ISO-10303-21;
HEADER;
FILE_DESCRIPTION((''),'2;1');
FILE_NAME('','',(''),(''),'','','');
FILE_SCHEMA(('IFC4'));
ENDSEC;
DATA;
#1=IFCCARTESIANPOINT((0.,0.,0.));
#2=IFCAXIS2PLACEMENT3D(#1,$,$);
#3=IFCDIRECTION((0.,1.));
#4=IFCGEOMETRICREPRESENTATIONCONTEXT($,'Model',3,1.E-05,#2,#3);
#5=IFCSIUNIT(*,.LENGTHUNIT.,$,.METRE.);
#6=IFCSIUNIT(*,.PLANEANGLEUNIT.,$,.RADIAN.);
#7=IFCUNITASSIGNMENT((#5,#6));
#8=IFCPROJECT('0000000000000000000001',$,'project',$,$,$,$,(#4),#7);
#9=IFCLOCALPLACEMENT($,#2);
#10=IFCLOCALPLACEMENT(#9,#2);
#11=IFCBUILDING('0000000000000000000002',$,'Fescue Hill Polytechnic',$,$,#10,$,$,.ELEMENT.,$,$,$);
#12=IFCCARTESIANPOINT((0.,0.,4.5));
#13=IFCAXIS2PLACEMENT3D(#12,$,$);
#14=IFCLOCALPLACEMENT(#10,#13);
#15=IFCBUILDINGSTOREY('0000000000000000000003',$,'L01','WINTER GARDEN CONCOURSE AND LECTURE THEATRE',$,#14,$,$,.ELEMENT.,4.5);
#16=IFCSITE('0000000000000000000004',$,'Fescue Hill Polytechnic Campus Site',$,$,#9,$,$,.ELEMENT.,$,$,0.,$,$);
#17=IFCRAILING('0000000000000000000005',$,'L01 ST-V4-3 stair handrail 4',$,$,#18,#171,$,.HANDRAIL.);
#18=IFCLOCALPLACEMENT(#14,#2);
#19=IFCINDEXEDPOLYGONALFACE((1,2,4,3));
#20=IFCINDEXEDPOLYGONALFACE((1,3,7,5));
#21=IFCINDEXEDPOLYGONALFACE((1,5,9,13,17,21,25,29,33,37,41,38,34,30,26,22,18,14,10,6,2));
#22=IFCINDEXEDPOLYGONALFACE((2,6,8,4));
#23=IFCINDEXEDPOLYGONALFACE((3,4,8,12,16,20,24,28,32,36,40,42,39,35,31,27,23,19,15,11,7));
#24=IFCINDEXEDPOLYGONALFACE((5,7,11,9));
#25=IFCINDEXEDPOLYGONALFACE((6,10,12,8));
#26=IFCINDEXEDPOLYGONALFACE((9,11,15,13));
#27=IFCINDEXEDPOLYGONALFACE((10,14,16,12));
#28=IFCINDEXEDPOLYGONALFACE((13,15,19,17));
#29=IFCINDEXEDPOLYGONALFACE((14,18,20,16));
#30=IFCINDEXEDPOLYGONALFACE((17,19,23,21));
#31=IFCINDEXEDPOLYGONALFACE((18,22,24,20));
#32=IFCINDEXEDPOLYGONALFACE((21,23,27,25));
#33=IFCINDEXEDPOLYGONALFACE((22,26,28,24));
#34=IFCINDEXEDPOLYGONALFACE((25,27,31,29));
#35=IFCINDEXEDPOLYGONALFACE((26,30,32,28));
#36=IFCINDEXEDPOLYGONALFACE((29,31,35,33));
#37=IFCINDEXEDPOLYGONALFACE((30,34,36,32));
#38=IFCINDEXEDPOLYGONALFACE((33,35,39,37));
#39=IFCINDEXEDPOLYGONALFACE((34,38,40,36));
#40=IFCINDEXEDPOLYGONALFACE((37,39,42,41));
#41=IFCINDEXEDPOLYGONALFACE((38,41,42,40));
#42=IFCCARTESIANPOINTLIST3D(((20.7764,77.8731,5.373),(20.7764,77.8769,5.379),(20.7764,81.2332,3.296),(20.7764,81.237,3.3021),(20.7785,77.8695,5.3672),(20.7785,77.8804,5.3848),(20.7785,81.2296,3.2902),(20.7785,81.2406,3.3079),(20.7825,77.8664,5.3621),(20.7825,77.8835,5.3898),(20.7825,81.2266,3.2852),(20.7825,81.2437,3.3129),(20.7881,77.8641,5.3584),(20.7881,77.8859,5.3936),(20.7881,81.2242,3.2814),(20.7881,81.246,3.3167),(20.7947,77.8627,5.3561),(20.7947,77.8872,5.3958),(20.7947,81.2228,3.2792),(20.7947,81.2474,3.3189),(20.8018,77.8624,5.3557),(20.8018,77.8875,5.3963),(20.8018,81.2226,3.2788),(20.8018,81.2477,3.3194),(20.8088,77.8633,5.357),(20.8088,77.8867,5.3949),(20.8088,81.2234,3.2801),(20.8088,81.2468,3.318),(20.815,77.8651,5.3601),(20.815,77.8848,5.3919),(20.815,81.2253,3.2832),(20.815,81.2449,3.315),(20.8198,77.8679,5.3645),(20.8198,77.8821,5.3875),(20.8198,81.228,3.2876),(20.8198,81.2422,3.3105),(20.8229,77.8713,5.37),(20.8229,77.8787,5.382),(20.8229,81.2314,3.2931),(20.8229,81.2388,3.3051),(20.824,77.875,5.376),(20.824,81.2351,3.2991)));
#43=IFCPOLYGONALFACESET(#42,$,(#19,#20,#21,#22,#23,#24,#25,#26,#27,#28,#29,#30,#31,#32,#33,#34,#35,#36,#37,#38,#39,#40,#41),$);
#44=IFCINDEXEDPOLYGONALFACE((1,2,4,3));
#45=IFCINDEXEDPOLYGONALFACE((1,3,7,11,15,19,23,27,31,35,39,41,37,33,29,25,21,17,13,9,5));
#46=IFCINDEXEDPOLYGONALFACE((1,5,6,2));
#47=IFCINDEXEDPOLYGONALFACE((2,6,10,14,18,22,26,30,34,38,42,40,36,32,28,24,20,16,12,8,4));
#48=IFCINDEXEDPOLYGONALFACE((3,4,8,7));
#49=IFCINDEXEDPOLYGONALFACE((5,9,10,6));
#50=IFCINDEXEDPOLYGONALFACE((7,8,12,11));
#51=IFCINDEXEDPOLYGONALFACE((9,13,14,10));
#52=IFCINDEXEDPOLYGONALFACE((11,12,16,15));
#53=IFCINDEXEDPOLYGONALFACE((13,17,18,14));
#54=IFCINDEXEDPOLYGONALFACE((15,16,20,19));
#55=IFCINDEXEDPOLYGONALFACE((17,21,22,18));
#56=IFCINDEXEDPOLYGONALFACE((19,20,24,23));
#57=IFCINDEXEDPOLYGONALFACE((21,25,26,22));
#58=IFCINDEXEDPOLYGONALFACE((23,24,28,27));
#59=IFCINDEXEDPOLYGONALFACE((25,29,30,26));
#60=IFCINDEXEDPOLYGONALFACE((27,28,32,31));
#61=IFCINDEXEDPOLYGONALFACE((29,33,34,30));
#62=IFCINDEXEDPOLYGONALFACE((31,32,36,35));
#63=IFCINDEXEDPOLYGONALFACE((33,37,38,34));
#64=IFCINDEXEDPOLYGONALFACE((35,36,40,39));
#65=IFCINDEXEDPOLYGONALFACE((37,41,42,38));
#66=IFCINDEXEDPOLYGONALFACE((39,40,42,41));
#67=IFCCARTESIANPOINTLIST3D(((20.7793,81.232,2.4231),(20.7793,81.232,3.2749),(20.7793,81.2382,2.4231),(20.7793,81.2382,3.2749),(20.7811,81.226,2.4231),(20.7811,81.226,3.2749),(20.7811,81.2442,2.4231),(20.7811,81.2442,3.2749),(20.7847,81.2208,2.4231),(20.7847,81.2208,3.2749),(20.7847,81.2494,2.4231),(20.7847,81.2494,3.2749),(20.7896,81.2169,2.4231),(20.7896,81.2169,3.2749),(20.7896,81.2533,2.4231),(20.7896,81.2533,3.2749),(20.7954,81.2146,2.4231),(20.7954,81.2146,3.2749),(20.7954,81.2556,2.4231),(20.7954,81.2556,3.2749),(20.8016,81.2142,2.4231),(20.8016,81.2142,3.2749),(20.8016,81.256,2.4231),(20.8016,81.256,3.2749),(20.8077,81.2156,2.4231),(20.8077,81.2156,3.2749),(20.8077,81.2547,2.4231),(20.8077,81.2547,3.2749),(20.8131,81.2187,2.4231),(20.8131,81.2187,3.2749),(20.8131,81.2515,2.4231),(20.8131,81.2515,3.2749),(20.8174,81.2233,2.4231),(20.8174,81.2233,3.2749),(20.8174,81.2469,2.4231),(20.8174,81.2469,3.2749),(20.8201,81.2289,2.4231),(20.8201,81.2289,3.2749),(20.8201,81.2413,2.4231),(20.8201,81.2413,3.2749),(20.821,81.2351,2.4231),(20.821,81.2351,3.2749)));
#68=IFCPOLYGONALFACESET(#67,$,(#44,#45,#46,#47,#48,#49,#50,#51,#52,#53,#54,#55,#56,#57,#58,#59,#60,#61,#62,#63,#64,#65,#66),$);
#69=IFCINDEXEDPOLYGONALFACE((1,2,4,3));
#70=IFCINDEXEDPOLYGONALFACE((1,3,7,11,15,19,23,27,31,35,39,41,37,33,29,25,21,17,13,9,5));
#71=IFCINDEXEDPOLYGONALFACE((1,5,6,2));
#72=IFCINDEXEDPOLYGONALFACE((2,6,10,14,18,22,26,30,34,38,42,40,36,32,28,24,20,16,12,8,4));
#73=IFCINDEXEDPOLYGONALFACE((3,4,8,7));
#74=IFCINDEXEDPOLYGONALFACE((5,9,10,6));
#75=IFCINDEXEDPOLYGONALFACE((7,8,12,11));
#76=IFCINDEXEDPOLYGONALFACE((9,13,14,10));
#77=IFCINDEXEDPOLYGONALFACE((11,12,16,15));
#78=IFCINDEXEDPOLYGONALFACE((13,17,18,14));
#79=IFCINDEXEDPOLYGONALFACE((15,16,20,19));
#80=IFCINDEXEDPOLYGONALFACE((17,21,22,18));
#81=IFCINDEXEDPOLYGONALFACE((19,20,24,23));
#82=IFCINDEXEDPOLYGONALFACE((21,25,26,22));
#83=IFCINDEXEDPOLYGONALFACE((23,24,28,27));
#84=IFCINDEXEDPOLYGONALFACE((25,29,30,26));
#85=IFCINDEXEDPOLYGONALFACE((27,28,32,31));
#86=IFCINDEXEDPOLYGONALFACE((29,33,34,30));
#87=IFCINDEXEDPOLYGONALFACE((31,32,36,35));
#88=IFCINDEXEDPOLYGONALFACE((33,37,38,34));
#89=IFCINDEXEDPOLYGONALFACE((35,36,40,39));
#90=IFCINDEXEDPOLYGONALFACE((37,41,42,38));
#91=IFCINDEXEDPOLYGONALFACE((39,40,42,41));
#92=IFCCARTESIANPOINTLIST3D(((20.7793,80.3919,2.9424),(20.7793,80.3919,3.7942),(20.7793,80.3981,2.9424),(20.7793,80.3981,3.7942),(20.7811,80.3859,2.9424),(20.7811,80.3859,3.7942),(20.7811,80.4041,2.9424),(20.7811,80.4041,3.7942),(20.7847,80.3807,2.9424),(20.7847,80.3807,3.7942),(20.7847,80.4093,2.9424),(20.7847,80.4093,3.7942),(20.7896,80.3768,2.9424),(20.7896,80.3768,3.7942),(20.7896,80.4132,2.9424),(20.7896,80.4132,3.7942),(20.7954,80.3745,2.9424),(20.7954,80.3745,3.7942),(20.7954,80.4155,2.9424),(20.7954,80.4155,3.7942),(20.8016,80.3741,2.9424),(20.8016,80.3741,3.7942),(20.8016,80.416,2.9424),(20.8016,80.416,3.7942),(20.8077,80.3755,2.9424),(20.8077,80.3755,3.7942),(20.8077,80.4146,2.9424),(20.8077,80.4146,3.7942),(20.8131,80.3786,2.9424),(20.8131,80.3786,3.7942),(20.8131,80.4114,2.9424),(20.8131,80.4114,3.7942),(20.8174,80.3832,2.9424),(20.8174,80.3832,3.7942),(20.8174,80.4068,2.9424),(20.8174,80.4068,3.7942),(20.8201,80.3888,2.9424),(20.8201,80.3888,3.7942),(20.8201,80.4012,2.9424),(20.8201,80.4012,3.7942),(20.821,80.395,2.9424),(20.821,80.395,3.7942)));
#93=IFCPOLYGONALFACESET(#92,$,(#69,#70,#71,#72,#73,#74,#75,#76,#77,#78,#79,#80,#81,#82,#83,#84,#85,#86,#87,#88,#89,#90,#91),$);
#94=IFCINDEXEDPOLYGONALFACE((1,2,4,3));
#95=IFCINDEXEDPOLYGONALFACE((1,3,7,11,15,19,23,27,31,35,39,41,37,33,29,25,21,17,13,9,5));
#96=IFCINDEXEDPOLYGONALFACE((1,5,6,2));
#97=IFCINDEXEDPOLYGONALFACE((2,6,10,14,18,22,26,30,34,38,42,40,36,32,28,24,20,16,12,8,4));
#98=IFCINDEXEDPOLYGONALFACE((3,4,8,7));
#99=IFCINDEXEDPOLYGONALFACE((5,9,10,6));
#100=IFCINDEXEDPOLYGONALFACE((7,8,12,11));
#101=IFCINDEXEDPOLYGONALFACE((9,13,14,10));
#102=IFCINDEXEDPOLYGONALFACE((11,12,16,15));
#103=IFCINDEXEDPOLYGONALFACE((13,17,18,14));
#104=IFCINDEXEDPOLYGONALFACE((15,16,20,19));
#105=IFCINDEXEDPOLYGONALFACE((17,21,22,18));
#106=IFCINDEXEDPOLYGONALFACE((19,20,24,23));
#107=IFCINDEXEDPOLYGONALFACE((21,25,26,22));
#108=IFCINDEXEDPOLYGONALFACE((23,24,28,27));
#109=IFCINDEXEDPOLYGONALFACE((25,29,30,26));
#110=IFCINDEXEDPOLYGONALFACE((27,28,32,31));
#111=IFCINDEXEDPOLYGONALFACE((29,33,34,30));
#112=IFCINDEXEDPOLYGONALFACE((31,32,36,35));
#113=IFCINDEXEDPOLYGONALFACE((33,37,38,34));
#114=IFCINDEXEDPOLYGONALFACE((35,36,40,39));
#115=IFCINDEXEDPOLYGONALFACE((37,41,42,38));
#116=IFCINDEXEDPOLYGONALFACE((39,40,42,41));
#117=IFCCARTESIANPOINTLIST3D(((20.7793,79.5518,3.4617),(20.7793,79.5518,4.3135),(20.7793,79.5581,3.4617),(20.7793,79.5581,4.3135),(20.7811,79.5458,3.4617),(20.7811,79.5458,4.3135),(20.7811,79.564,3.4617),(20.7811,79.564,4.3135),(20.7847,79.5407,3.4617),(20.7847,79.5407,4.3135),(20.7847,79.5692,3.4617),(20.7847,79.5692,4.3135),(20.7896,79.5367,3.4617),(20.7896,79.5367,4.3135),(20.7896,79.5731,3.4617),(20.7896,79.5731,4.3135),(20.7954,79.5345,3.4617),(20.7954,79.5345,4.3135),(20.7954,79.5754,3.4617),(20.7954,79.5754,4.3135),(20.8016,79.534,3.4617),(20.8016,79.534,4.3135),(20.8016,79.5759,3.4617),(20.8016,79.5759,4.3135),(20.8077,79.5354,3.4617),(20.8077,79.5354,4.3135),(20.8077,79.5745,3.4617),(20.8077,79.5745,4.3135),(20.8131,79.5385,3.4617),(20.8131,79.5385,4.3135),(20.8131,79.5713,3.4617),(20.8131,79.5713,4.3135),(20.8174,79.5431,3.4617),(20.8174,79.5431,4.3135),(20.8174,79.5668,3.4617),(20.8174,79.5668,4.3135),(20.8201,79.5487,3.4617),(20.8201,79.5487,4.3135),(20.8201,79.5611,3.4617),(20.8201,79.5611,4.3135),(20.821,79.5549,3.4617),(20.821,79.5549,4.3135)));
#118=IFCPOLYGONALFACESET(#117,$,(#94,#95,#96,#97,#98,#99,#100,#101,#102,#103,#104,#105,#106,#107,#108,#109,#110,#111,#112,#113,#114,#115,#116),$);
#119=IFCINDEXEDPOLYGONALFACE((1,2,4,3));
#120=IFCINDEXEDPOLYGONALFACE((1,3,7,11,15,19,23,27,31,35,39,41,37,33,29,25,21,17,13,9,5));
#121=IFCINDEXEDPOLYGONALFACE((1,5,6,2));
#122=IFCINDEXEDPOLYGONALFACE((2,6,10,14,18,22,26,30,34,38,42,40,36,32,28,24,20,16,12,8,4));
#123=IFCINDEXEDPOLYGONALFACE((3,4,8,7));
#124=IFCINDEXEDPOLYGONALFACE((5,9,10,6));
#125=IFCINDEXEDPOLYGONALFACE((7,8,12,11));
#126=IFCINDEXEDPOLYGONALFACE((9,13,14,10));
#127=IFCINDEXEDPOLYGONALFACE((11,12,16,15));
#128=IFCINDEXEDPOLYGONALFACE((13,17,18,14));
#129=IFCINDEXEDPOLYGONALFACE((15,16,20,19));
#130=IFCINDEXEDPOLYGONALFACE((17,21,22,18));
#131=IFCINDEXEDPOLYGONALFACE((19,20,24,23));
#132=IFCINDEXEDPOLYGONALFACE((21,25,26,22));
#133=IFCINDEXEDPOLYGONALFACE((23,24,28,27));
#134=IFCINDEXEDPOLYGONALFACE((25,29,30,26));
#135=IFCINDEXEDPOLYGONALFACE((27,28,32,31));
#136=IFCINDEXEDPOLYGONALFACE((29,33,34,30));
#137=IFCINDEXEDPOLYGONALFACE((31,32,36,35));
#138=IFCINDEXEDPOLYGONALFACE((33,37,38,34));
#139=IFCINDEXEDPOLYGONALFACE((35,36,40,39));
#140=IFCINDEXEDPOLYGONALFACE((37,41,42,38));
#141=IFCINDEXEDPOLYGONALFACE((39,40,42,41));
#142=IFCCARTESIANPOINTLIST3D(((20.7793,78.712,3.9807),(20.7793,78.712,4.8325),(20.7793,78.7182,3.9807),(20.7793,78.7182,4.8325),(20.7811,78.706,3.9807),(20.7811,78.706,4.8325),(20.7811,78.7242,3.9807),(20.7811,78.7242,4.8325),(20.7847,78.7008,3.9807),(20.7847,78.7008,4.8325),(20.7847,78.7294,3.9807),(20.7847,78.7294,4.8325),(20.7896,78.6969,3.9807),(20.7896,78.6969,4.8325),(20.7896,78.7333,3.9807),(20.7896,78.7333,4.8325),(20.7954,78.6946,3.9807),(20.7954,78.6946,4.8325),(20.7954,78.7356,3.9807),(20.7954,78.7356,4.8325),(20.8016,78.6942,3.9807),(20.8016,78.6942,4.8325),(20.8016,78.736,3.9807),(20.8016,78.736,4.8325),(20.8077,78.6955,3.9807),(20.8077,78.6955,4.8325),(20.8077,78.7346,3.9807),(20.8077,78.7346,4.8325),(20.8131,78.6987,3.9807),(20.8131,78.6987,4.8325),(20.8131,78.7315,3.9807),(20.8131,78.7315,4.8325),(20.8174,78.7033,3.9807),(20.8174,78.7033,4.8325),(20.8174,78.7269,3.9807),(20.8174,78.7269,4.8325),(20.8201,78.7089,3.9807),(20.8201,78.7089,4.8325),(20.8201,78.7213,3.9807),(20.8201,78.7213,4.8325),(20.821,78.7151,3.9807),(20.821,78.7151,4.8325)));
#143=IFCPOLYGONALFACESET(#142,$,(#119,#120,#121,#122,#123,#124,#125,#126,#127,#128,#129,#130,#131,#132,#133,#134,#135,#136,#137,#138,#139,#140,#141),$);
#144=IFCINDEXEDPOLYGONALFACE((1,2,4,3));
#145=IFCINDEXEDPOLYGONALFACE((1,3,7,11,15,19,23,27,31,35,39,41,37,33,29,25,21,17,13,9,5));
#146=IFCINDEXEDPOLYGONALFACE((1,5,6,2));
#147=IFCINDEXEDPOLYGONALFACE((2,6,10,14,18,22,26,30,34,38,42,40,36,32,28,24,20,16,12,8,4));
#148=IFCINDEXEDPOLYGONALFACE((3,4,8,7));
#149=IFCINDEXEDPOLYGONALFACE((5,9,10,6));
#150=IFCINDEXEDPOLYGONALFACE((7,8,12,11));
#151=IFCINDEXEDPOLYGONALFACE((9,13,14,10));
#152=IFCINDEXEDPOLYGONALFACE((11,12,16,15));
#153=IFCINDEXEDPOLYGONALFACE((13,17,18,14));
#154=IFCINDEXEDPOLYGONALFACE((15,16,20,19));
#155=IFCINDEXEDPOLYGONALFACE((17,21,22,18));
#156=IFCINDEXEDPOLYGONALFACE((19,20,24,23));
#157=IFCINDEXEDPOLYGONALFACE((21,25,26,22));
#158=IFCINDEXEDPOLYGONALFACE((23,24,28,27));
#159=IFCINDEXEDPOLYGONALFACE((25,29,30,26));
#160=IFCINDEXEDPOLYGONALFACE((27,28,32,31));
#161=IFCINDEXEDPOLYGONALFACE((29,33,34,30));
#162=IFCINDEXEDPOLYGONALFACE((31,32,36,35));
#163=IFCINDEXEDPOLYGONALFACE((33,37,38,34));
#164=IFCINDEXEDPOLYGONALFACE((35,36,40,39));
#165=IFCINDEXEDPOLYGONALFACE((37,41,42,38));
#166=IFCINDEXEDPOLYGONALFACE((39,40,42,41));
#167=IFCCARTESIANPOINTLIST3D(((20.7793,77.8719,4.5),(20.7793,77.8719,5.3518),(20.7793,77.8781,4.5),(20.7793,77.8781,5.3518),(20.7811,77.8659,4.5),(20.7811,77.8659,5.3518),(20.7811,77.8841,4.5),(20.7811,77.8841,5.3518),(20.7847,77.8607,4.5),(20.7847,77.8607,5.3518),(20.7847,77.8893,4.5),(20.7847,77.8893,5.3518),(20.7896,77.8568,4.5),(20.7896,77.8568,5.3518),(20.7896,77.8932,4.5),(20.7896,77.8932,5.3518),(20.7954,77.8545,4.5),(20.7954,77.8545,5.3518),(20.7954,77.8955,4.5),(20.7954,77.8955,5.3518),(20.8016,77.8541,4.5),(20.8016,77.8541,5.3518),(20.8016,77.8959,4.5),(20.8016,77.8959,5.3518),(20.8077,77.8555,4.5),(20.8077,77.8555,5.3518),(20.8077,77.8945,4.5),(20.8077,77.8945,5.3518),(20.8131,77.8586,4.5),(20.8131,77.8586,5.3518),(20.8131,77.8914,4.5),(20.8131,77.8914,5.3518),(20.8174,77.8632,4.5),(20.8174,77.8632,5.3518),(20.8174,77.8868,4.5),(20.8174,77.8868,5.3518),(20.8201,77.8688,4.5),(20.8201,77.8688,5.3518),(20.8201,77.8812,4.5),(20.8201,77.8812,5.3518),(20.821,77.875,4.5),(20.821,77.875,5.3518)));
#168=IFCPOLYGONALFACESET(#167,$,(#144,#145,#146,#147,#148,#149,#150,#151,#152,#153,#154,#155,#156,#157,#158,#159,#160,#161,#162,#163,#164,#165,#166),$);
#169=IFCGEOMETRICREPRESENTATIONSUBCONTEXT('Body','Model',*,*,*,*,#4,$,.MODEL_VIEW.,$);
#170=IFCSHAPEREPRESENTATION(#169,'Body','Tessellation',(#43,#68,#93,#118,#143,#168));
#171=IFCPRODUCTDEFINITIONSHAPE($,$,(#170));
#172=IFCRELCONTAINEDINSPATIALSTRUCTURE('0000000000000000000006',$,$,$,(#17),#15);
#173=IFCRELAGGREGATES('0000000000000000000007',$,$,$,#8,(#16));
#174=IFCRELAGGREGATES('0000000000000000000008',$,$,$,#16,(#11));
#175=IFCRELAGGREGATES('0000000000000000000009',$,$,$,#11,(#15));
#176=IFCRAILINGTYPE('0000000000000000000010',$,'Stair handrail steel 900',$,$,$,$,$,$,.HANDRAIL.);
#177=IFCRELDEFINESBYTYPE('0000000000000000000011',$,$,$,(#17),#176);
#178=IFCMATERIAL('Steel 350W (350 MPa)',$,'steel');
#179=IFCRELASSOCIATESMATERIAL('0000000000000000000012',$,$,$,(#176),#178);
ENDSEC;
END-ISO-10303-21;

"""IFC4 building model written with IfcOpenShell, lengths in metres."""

from ifc_helpers import new_model, si_unit, direction, frame, origin, origin_2d, place, context, subcontext, project, spatial, circle, extrude, material, type_object, element, save


model = new_model("IFC4")

# Units and contexts
model_context = context("Model", 3, precision=1e-05, world=origin(), true_north=direction((0.0, 1.0)))
body_context = subcontext(model_context, "Body", "Model", "MODEL_VIEW")
ifc_project = project(units=[si_unit("LENGTHUNIT", "METRE"), si_unit("PLANEANGLEUNIT", "RADIAN")], contexts=[model_context])

# Site, building, storey
site_placement = place(None, origin())
site = spatial("IfcSite", under=ifc_project, at=site_placement, Name="Fescue Hill Polytechnic Campus Site", CompositionType="ELEMENT", RefElevation=0.0)
building_placement = place(site_placement, origin())
building = spatial("IfcBuilding", under=site, at=building_placement, Name="Fescue Hill Polytechnic", CompositionType="ELEMENT")
storey_placement = place(building_placement, frame((0.0, 0.0, 4.5)))
storey = spatial("IfcBuildingStorey", under=building, at=storey_placement, Name="L01", Description="WINTER GARDEN CONCOURSE AND LECTURE THEATRE", CompositionType="ELEMENT", Elevation=4.5)

# Railing
ifc_material_1 = material(Name="Steel 350W (350 MPa)", Category="steel")
railing_type_1 = type_object("IfcRailingType", Name="Stair handrail steel 900", PredefinedType="HANDRAIL", material=ifc_material_1)
for number, where, name in (
    (1, (20.8, 81.2351, 2.4231), "L01 ST-V4-3 stair handrail 4"),
):
    element("IfcRailing", number, at=place(storey_placement, frame(where)), inside=storey, type_object=railing_type_1, Name=name, PredefinedType="HANDRAIL", context=body_context, shape_type="SweptSolid", body=[
        extrude(circle(Radius=0.0239, at=origin_2d()), frame((0.0, 0.0, 0.876), z_axis=(0.0, -0.850623, 0.525776), x_axis=(1.0, 0.0, 0.0)), (0.0, 0.0, 1.0), 3.9502),
        extrude(circle(Radius=0.021, at=origin_2d()), origin(), (0.0, 0.0, 1.0), 0.8518),
        extrude(circle(Radius=0.021, at=origin_2d()), frame((0.0, -0.8401, 0.5193)), (0.0, 0.0, 1.0), 0.8518),
        extrude(circle(Radius=0.021, at=origin_2d()), frame((0.0, -1.6802, 1.0386)), (0.0, 0.0, 1.0), 0.8518),
        extrude(circle(Radius=0.021, at=origin_2d()), frame((0.0, -2.52, 1.5576)), (0.0, 0.0, 1.0), 0.8518),
        extrude(circle(Radius=0.021, at=origin_2d()), frame((0.0, -3.3601, 2.0769)), (0.0, 0.0, 1.0), 0.8518),
    ])

save(model, "model.ifc")
